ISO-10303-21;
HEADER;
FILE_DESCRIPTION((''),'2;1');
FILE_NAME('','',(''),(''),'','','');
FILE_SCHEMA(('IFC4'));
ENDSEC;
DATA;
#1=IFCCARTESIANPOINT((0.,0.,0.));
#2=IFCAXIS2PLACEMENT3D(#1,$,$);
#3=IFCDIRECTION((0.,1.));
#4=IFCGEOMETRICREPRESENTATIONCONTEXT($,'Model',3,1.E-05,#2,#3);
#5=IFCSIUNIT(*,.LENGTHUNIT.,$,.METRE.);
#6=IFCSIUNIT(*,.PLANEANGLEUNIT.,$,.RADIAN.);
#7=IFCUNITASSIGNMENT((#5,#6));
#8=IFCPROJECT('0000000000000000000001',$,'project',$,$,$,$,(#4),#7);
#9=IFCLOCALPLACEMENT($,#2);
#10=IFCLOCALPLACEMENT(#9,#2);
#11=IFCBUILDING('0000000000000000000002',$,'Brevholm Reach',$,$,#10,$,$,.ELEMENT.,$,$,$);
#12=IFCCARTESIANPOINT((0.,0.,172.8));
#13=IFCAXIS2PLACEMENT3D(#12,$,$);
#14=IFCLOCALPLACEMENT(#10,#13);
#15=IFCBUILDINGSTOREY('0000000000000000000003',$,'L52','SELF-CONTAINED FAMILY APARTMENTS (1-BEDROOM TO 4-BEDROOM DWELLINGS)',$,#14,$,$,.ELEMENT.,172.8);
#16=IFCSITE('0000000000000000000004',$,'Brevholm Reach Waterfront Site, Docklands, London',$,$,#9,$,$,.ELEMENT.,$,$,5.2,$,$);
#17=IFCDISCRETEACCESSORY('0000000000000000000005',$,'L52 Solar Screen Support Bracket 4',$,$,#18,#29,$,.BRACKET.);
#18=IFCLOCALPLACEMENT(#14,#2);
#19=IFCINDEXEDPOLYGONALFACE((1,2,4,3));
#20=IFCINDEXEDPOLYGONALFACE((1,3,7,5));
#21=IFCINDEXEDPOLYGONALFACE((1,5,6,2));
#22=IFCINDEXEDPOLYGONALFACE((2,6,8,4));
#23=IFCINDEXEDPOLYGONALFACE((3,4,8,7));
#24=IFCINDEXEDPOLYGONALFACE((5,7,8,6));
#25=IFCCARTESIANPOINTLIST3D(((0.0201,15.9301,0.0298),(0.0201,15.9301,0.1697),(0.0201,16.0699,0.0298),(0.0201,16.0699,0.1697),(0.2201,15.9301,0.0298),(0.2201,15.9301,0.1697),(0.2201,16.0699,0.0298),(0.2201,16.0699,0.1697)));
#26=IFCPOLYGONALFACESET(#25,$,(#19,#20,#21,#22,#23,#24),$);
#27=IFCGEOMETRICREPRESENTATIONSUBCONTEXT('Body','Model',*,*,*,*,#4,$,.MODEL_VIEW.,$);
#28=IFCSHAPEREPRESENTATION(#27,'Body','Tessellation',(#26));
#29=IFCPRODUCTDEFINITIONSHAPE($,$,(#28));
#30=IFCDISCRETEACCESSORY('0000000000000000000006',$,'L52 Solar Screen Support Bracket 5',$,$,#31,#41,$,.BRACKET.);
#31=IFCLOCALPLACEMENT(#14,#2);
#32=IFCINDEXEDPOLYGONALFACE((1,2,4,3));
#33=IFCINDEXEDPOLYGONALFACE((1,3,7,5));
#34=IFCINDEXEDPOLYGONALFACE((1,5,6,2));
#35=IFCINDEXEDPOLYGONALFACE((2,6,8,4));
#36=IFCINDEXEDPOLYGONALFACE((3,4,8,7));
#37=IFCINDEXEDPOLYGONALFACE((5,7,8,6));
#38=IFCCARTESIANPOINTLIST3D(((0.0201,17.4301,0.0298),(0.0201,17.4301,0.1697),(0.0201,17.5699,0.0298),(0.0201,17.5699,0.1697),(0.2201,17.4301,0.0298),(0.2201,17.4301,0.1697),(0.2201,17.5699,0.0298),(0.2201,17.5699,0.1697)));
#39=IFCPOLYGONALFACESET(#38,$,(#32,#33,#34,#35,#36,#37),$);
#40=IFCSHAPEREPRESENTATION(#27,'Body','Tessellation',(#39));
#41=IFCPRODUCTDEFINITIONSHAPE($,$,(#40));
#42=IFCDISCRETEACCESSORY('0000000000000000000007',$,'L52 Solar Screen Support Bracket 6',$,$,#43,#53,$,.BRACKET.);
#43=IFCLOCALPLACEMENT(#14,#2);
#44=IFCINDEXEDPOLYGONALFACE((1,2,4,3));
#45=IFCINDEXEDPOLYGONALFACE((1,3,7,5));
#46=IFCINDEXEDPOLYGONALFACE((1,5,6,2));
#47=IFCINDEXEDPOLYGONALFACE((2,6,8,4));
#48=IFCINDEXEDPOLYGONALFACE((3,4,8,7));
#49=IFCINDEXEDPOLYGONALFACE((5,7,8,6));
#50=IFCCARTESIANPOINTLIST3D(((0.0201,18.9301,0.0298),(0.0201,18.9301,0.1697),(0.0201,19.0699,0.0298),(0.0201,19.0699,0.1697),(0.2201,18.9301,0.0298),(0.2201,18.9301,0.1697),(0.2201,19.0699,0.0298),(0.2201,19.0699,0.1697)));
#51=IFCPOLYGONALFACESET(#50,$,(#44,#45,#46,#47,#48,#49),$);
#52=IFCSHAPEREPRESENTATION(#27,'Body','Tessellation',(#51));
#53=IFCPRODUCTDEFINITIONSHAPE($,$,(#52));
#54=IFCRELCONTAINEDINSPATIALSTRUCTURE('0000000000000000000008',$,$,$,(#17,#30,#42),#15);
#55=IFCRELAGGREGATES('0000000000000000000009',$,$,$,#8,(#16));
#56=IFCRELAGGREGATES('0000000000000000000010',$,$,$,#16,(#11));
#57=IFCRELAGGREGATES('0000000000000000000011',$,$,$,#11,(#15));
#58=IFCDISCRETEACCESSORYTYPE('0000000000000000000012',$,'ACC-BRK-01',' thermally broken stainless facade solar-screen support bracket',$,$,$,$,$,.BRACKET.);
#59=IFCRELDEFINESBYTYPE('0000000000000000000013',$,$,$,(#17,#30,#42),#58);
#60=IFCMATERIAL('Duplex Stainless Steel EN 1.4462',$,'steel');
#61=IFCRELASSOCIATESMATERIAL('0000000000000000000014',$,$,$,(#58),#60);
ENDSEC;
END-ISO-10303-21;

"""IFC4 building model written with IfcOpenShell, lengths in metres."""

from ifc_helpers import new_model, si_unit, direction, frame, origin, origin_2d, place, context, subcontext, project, spatial, rectangle, extrude, material, type_object, element, save


model = new_model("IFC4")

# Units and contexts
model_context = context("Model", 3, precision=1e-05, world=origin(), true_north=direction((0.0, 1.0)))
body_context = subcontext(model_context, "Body", "Model", "MODEL_VIEW")
ifc_project = project(units=[si_unit("LENGTHUNIT", "METRE"), si_unit("PLANEANGLEUNIT", "RADIAN")], contexts=[model_context])

# Site, building, storey
site_placement = place(None, origin())
site = spatial("IfcSite", under=ifc_project, at=site_placement, Name="Brevholm Reach Waterfront Site, Docklands, London", CompositionType="ELEMENT", RefElevation=5.2)
building_placement = place(site_placement, origin())
building = spatial("IfcBuilding", under=site, at=building_placement, Name="Brevholm Reach", CompositionType="ELEMENT")
storey_placement = place(building_placement, frame((0.0, 0.0, 172.8)))
storey = spatial("IfcBuildingStorey", under=building, at=storey_placement, Name="L52", Description="SELF-CONTAINED FAMILY APARTMENTS (1-BEDROOM TO 4-BEDROOM DWELLINGS)", CompositionType="ELEMENT", Elevation=172.8)

# Discrete accessories
ifc_material_1 = material(Name="Duplex Stainless Steel EN 1.4462", Category="steel")
discrete_accessory_type = type_object("IfcDiscreteAccessoryType", Name="ACC-BRK-01", Description=" thermally broken stainless facade solar-screen support bracket", PredefinedType="BRACKET", material=ifc_material_1)
for number, where, z_axis, x_axis, name in (
    (1, (0.1201, 16.0, 0.0298), (0.0, 0.0, 1.0), (-1.0, 0.0, 0.0), "L52 Solar Screen Support Bracket 4"),
    (2, (0.1201, 17.5, 0.0298), (0.0, 0.0, 1.0), (-1.0, 0.0, 0.0), "L52 Solar Screen Support Bracket 5"),
    (3, (0.1201, 19.0, 0.0298), (0.0, 0.0, 1.0), (-1.0, 0.0, 0.0), "L52 Solar Screen Support Bracket 6"),
):
    element("IfcDiscreteAccessory", number, at=place(storey_placement, frame(where, z_axis=z_axis, x_axis=x_axis)), inside=storey, type_object=discrete_accessory_type, Name=name, PredefinedType="BRACKET", context=body_context, shape_type="SweptSolid", body=[
        extrude(rectangle(XDim=0.2, YDim=0.1399, at=origin_2d()), origin(), (0.0, 0.0, 1.0), 0.1399),
    ])

save(model, "model.ifc")
